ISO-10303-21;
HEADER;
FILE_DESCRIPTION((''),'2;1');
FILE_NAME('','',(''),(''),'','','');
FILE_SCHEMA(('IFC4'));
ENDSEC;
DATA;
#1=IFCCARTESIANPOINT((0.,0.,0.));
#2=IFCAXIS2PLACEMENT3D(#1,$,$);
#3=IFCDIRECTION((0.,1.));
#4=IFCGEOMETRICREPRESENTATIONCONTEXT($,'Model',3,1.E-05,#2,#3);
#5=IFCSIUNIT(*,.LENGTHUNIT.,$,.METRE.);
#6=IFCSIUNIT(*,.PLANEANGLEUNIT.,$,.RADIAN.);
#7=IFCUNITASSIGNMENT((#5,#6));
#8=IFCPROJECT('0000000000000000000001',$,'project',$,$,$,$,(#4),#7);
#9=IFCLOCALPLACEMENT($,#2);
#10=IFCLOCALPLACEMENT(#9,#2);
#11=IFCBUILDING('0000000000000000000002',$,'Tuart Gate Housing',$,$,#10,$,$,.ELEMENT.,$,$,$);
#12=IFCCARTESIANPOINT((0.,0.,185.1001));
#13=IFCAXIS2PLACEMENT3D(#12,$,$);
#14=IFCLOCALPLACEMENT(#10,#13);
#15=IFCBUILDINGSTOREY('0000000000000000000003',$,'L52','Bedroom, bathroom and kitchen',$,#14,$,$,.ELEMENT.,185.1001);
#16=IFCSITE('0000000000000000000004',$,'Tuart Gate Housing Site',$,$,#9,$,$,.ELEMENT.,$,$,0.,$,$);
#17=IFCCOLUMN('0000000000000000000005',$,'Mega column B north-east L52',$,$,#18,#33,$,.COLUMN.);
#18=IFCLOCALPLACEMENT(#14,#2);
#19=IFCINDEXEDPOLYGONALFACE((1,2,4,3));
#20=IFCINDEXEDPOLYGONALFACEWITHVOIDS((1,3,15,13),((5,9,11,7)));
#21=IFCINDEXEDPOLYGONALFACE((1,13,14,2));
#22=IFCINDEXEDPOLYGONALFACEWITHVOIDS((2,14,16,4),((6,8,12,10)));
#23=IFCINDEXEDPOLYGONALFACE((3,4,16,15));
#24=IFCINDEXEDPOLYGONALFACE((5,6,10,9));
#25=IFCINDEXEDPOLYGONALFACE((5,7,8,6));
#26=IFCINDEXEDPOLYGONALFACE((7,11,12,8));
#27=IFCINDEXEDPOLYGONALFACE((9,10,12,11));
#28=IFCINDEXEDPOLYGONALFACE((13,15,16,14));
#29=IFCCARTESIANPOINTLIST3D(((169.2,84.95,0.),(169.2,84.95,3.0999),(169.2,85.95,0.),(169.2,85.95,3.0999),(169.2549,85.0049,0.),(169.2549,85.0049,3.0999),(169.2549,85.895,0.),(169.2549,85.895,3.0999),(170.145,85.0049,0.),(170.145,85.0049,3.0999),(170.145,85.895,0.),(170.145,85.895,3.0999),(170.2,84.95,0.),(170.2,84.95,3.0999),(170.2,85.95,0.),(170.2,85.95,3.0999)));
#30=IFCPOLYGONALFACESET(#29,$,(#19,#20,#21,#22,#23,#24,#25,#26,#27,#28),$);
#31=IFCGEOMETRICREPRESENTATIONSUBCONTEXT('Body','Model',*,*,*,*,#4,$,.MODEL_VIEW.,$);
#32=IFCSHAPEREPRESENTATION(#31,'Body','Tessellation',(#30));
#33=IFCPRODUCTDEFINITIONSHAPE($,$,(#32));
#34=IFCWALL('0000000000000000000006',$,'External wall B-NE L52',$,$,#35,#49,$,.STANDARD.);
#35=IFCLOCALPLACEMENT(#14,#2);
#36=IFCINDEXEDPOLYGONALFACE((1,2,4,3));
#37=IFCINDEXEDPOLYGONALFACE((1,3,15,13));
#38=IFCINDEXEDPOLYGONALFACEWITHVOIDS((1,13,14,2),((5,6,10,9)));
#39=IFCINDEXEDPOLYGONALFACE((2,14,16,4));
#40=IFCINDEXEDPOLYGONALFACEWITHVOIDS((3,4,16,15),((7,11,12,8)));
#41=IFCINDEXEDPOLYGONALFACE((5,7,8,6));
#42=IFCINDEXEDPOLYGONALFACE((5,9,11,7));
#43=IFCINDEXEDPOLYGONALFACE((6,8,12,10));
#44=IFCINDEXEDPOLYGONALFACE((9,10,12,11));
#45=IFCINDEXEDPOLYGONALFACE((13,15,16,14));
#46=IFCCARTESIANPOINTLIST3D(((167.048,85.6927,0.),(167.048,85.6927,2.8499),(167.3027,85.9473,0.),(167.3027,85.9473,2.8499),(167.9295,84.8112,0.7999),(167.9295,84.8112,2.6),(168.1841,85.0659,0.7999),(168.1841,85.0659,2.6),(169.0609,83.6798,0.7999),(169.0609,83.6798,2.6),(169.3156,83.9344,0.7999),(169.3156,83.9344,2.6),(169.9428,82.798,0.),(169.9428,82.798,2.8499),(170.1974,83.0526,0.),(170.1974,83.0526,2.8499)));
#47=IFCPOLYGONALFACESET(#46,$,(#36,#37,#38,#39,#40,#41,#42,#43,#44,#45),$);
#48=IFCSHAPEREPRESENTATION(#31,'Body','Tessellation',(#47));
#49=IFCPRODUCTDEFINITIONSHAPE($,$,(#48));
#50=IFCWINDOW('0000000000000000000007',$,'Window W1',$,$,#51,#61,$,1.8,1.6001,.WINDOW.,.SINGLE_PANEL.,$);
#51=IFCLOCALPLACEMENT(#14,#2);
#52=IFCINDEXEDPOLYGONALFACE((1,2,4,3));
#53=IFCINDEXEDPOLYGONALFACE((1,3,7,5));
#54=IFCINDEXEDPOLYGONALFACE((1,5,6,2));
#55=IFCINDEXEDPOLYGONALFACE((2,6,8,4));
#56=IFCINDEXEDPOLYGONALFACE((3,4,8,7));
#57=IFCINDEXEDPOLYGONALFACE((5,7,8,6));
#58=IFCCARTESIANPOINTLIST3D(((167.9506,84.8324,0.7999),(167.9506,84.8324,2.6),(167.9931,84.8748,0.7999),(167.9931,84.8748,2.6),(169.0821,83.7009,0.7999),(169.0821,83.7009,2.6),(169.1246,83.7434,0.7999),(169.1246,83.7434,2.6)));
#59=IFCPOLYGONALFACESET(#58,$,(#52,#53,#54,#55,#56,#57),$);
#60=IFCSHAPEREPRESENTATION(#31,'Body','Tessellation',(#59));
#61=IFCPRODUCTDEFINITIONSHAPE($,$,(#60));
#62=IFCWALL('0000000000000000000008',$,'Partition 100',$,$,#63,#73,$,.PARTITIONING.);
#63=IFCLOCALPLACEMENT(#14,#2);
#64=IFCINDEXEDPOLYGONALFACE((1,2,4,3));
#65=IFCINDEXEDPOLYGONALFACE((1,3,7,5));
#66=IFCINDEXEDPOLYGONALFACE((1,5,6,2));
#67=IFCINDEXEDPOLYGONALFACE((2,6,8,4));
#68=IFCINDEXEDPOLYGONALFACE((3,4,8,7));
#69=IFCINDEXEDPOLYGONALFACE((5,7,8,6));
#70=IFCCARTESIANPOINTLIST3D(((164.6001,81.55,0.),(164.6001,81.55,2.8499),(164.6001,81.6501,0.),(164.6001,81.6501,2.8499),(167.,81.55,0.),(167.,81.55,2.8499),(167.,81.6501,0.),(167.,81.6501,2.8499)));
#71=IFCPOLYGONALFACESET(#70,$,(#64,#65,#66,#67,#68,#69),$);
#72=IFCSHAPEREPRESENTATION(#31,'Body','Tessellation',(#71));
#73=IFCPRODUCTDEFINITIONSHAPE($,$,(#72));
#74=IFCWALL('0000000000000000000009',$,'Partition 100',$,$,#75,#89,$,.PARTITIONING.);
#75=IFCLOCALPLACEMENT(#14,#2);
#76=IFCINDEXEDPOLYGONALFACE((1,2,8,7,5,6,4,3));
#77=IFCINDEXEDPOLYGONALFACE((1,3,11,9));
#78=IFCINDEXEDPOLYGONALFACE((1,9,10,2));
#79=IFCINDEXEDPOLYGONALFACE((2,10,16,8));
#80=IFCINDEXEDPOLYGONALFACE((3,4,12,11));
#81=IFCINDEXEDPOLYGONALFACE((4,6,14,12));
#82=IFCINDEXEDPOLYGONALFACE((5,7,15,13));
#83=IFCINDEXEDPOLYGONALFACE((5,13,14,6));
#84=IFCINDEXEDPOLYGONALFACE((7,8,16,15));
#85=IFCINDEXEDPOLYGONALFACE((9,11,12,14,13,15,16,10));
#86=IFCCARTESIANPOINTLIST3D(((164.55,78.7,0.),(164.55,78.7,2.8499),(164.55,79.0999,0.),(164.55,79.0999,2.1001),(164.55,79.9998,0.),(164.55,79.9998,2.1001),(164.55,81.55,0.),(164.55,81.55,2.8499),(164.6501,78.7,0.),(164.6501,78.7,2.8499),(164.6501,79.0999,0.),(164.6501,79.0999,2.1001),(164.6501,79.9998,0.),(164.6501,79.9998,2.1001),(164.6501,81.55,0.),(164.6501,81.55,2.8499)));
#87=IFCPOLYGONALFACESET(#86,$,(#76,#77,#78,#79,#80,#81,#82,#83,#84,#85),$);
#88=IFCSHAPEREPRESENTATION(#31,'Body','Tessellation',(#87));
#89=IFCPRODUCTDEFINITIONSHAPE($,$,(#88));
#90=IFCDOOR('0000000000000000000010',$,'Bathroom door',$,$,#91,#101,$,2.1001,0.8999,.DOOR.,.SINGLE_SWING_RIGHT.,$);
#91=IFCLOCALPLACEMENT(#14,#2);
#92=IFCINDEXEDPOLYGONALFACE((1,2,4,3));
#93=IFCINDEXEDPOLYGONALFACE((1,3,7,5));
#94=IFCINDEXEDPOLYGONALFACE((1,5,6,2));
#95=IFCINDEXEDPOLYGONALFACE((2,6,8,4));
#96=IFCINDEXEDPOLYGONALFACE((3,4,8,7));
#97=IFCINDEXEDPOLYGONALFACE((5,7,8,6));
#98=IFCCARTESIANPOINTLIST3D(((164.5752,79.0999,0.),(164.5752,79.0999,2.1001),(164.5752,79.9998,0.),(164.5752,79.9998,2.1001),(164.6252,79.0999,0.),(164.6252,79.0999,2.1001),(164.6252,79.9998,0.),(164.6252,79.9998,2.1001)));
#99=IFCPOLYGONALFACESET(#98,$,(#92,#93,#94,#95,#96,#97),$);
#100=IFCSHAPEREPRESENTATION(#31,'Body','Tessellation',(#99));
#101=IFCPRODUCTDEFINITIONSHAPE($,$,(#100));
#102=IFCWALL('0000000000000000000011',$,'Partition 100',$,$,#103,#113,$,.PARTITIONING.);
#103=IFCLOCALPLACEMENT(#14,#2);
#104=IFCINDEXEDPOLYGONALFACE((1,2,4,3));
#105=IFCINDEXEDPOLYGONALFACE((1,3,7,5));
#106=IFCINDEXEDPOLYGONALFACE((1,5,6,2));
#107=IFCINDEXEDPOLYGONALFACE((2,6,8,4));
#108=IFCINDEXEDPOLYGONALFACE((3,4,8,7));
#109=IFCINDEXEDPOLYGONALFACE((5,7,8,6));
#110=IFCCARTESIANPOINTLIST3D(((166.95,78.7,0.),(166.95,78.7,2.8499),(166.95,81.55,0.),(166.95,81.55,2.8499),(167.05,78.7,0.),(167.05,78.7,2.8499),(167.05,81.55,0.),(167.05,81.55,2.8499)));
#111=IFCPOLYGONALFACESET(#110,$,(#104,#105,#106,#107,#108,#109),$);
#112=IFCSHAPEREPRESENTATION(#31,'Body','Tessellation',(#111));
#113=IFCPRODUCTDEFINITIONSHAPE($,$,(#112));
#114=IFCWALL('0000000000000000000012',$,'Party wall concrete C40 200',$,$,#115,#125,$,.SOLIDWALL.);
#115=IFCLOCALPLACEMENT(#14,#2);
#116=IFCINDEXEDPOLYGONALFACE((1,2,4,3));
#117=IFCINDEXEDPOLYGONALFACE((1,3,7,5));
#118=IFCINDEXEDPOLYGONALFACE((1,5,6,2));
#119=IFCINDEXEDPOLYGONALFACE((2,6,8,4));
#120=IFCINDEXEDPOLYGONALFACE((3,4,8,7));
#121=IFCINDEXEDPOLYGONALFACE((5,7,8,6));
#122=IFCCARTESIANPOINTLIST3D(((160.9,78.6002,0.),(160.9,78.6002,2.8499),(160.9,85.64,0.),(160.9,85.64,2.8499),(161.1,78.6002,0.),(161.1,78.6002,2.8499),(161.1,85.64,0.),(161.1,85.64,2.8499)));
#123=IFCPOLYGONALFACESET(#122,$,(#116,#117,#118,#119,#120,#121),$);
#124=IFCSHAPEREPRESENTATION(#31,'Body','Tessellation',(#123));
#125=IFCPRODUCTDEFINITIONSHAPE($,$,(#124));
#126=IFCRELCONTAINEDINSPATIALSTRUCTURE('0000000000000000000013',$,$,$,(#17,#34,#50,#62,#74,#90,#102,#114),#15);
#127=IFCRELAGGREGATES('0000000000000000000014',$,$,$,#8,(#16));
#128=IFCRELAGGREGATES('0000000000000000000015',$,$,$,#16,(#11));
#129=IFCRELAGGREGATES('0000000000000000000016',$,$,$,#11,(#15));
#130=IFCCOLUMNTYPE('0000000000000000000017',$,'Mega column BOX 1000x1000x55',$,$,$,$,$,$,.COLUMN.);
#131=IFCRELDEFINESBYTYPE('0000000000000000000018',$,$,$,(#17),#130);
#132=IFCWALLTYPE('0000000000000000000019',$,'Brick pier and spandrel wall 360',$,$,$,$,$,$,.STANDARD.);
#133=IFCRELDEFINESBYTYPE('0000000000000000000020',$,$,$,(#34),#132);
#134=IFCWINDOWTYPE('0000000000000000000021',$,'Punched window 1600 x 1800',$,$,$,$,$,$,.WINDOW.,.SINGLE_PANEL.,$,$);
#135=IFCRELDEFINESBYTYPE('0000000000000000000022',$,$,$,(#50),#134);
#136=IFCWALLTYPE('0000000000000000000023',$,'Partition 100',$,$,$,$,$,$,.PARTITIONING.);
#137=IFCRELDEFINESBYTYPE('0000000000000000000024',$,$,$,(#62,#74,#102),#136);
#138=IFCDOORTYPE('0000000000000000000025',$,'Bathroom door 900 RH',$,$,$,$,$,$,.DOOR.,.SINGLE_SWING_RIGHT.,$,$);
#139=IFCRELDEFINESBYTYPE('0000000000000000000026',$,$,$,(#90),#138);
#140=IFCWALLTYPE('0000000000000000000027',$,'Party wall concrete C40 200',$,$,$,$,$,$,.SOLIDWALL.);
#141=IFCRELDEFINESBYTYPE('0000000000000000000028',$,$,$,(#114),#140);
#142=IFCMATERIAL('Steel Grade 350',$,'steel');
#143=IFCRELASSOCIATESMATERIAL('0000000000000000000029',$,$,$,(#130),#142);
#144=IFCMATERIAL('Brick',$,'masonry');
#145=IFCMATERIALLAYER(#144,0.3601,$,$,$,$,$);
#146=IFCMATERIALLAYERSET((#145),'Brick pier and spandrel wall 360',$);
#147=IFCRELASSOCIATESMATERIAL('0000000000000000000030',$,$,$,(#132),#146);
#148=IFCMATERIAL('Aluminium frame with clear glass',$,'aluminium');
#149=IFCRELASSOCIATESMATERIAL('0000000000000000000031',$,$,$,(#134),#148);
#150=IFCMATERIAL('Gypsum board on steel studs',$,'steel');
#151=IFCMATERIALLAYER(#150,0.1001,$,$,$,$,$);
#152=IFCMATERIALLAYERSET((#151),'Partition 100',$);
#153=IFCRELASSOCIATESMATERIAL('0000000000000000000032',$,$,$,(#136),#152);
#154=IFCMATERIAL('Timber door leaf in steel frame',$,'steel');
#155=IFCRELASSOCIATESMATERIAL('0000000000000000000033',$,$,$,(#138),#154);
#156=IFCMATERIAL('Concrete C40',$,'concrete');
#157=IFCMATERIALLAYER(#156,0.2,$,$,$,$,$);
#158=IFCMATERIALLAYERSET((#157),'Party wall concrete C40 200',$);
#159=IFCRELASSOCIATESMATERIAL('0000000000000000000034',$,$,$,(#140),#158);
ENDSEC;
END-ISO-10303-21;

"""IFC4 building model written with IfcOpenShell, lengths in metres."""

from ifc_helpers import new_model, si_unit, direction, frame, frame_2d, origin, origin_2d, place, context, subcontext, project, spatial, rectangle, hollow_rectangle, extrude, material, layer, layer_set, material_profile, profile_set, type_object, element, fill, save


model = new_model("IFC4")

# Units and contexts
model_context = context("Model", 3, precision=1e-05, world=origin(), true_north=direction((0.0, 1.0)))
body_context = subcontext(model_context, "Body", "Model", "MODEL_VIEW")
ifc_project = project(units=[si_unit("LENGTHUNIT", "METRE"), si_unit("PLANEANGLEUNIT", "RADIAN")], contexts=[model_context])

# Site, building, storey
site_placement = place(None, origin())
site = spatial("IfcSite", under=ifc_project, at=site_placement, Name="Tuart Gate Housing Site", CompositionType="ELEMENT", RefElevation=0.0)
building_placement = place(site_placement, origin())
building = spatial("IfcBuilding", under=site, at=building_placement, Name="Tuart Gate Housing", CompositionType="ELEMENT")
storey_placement = place(building_placement, frame((0.0, 0.0, 185.1001)))
storey = spatial("IfcBuildingStorey", under=building, at=storey_placement, Name="L52", Description="Bedroom, bathroom and kitchen", CompositionType="ELEMENT", Elevation=185.1001)

# Column
ifc_material_1 = material(Name="Steel Grade 350", Category="steel")
ifc_material_profile = material_profile(ifc_material_1, hollow_rectangle(XDim=1.0, YDim=1.0, WallThickness=0.0549, at=origin_2d()), Name="BOX 1000x1000x55")
ifc_profile_set = profile_set([ifc_material_profile], Name="Steel Grade 350")
column_type = type_object("IfcColumnType", Name="Mega column BOX 1000x1000x55", PredefinedType="COLUMN", material=ifc_profile_set)
column_placement = place(storey_placement, frame((169.7, 85.45, 0.0), z_axis=(0.0, 0.0, 1.0), x_axis=(1.0, 0.0, 0.0)))
element("IfcColumn", 1, at=column_placement, inside=storey, type_object=column_type, Name="Mega column B north-east L52", PredefinedType="COLUMN", context=body_context, shape_type="SweptSolid", body=[
    extrude(hollow_rectangle(XDim=1.0, YDim=1.0, WallThickness=0.0549, at=origin_2d()), origin(), (0.0, 0.0, 1.0), 3.0999),
])

# Wall, opening, window
ifc_material_2 = material(Name="Brick", Category="masonry")
ifc_layer_1 = layer(ifc_material_2, 0.3601)
ifc_layer_set_1 = layer_set([ifc_layer_1], Name="Brick pier and spandrel wall 360")
wall_type_1 = type_object("IfcWallType", Name="Brick pier and spandrel wall 360", PredefinedType="STANDARD", material=ifc_layer_set_1)
wall_1_placement = place(storey_placement, frame((170.0701, 82.9253, 0.0), z_axis=(0.0, 0.0, 1.0), x_axis=(-0.707107, 0.707107, 0.0)))
wall_1 = element("IfcWall", 2, at=wall_1_placement, inside=storey, type_object=wall_type_1, Name="External wall B-NE L52", PredefinedType="STANDARD", context=body_context, shape_type="SweptSolid", body=[
    extrude(rectangle(XDim=4.0938, YDim=0.3601, at=frame_2d((2.0469, 0.0))), origin(), (0.0, 0.0, 1.0), 2.8499),
])
opening_1_placement = place(wall_1_placement, frame((1.2471, 0.0, 0.8)))
opening_1 = element("IfcOpeningElement", 3, at=opening_1_placement, cuts=wall_1, PredefinedType="OPENING", context=body_context, shape_type="SweptSolid", body=[
    extrude(rectangle(XDim=1.6001, YDim=1.8, at=frame_2d((0.8, 0.8999))), frame((0.0, 0.1899, 0.0), z_axis=(0.0, -1.0, 0.0), x_axis=(1.0, 0.0, 0.0)), (0.0, 0.0, 1.0), 0.3801),
])
ifc_material_3 = material(Name="Aluminium frame with clear glass", Category="aluminium")
window_type_1 = type_object("IfcWindowType", Name="Punched window 1600 x 1800", PartitioningType="SINGLE_PANEL", PredefinedType="WINDOW", material=ifc_material_3)
window_1_placement = place(opening_1_placement, origin())
window_1 = element("IfcWindow", 4, at=window_1_placement, inside=storey, type_object=window_type_1, Name="Window W1", OverallHeight=1.8, OverallWidth=1.6001, PartitioningType="SINGLE_PANEL", PredefinedType="WINDOW", context=body_context, shape_type="SweptSolid", body=[
    extrude(rectangle(XDim=1.6001, YDim=1.8, at=frame_2d((0.8, 0.8999))), frame((0.0, 0.1501, 0.0), z_axis=(0.0, -1.0, 0.0), x_axis=(1.0, 0.0, 0.0)), (0.0, 0.0, 1.0), 0.0601),
])
fill(opening_1, window_1)

# Wall
ifc_material_4 = material(Name="Gypsum board on steel studs", Category="steel")
ifc_layer_2 = layer(ifc_material_4, 0.1001)
ifc_layer_set_2 = layer_set([ifc_layer_2], Name="Partition 100")
wall_type_2 = type_object("IfcWallType", Name="Partition 100", PredefinedType="PARTITIONING", material=ifc_layer_set_2)
wall_2_placement = place(storey_placement, frame((164.6001, 81.6001, 0.0), z_axis=(0.0, 0.0, 1.0), x_axis=(1.0, 0.0, 0.0)))
element("IfcWall", 5, at=wall_2_placement, inside=storey, type_object=wall_type_2, Name="Partition 100", PredefinedType="PARTITIONING", context=body_context, shape_type="SweptSolid", body=[
    extrude(rectangle(XDim=2.3999, YDim=0.1001, at=frame_2d((1.2, 0.0))), origin(), (0.0, 0.0, 1.0), 2.8499),
])

# Wall, opening, door
wall_3_placement = place(storey_placement, frame((164.6001, 78.7, 0.0), z_axis=(0.0, 0.0, 1.0), x_axis=(0.0, 1.0, 0.0)))
wall_3 = element("IfcWall", 6, at=wall_3_placement, inside=storey, type_object=wall_type_2, Name="Partition 100", PredefinedType="PARTITIONING", context=body_context, shape_type="SweptSolid", body=[
    extrude(rectangle(XDim=2.8501, YDim=0.1001, at=frame_2d((1.425, 0.0))), origin(), (0.0, 0.0, 1.0), 2.8499),
])
opening_2_placement = place(wall_3_placement, frame((0.3999, 0.0, 0.0)))
opening_2 = element("IfcOpeningElement", 7, at=opening_2_placement, cuts=wall_3, PredefinedType="OPENING", context=body_context, shape_type="SweptSolid", body=[
    extrude(rectangle(XDim=0.8999, YDim=2.1001, at=frame_2d((0.45, 1.05))), frame((0.0, 0.0601, 0.0), z_axis=(0.0, -1.0, 0.0), x_axis=(1.0, 0.0, 0.0)), (0.0, 0.0, 1.0), 0.1201),
])
ifc_material_5 = material(Name="Timber door leaf in steel frame", Category="steel")
door_type = type_object("IfcDoorType", Name="Bathroom door 900 RH", OperationType="SINGLE_SWING_RIGHT", PredefinedType="DOOR", material=ifc_material_5)
door_placement = place(opening_2_placement, frame((0.8999, 0.0, 0.0), z_axis=(0.0, 0.0, 1.0), x_axis=(-1.0, 0.0, 0.0)))
door = element("IfcDoor", 8, at=door_placement, inside=storey, type_object=door_type, Name="Bathroom door", OperationType="SINGLE_SWING_RIGHT", OverallHeight=2.1001, OverallWidth=0.8999, PredefinedType="DOOR", context=body_context, shape_type="SweptSolid", body=[
    extrude(rectangle(XDim=0.8999, YDim=2.1001, at=frame_2d((0.45, 1.05))), frame((0.0, 0.0251, 0.0), z_axis=(0.0, -1.0, 0.0), x_axis=(1.0, 0.0, 0.0)), (0.0, 0.0, 1.0), 0.05),
])
fill(opening_2, door)

# Walls
wall_4_placement = place(storey_placement, frame((167.0, 78.7, 0.0), z_axis=(0.0, 0.0, 1.0), x_axis=(0.0, 1.0, 0.0)))
element("IfcWall", 9, at=wall_4_placement, inside=storey, type_object=wall_type_2, Name="Partition 100", PredefinedType="PARTITIONING", context=body_context, shape_type="SweptSolid", body=[
    extrude(rectangle(XDim=2.8501, YDim=0.1001, at=frame_2d((1.425, 0.0))), origin(), (0.0, 0.0, 1.0), 2.8499),
])
ifc_material_6 = material(Name="Concrete C40", Category="concrete")
ifc_layer_3 = layer(ifc_material_6, 0.2)
ifc_layer_set_3 = layer_set([ifc_layer_3], Name="Party wall concrete C40 200")
wall_type_3 = type_object("IfcWallType", Name="Party wall concrete C40 200", PredefinedType="SOLIDWALL", material=ifc_layer_set_3)
wall_5_placement = place(storey_placement, frame((161.0, 78.6001, 0.0), z_axis=(0.0, 0.0, 1.0), x_axis=(0.0, 1.0, 0.0)))
element("IfcWall", 10, at=wall_5_placement, inside=storey, type_object=wall_type_3, Name="Party wall concrete C40 200", PredefinedType="SOLIDWALL", context=body_context, shape_type="SweptSolid", body=[
    extrude(rectangle(XDim=7.0398, YDim=0.2, at=frame_2d((3.52, 0.0))), origin(), (0.0, 0.0, 1.0), 2.8499),
])

save(model, "model.ifc")
